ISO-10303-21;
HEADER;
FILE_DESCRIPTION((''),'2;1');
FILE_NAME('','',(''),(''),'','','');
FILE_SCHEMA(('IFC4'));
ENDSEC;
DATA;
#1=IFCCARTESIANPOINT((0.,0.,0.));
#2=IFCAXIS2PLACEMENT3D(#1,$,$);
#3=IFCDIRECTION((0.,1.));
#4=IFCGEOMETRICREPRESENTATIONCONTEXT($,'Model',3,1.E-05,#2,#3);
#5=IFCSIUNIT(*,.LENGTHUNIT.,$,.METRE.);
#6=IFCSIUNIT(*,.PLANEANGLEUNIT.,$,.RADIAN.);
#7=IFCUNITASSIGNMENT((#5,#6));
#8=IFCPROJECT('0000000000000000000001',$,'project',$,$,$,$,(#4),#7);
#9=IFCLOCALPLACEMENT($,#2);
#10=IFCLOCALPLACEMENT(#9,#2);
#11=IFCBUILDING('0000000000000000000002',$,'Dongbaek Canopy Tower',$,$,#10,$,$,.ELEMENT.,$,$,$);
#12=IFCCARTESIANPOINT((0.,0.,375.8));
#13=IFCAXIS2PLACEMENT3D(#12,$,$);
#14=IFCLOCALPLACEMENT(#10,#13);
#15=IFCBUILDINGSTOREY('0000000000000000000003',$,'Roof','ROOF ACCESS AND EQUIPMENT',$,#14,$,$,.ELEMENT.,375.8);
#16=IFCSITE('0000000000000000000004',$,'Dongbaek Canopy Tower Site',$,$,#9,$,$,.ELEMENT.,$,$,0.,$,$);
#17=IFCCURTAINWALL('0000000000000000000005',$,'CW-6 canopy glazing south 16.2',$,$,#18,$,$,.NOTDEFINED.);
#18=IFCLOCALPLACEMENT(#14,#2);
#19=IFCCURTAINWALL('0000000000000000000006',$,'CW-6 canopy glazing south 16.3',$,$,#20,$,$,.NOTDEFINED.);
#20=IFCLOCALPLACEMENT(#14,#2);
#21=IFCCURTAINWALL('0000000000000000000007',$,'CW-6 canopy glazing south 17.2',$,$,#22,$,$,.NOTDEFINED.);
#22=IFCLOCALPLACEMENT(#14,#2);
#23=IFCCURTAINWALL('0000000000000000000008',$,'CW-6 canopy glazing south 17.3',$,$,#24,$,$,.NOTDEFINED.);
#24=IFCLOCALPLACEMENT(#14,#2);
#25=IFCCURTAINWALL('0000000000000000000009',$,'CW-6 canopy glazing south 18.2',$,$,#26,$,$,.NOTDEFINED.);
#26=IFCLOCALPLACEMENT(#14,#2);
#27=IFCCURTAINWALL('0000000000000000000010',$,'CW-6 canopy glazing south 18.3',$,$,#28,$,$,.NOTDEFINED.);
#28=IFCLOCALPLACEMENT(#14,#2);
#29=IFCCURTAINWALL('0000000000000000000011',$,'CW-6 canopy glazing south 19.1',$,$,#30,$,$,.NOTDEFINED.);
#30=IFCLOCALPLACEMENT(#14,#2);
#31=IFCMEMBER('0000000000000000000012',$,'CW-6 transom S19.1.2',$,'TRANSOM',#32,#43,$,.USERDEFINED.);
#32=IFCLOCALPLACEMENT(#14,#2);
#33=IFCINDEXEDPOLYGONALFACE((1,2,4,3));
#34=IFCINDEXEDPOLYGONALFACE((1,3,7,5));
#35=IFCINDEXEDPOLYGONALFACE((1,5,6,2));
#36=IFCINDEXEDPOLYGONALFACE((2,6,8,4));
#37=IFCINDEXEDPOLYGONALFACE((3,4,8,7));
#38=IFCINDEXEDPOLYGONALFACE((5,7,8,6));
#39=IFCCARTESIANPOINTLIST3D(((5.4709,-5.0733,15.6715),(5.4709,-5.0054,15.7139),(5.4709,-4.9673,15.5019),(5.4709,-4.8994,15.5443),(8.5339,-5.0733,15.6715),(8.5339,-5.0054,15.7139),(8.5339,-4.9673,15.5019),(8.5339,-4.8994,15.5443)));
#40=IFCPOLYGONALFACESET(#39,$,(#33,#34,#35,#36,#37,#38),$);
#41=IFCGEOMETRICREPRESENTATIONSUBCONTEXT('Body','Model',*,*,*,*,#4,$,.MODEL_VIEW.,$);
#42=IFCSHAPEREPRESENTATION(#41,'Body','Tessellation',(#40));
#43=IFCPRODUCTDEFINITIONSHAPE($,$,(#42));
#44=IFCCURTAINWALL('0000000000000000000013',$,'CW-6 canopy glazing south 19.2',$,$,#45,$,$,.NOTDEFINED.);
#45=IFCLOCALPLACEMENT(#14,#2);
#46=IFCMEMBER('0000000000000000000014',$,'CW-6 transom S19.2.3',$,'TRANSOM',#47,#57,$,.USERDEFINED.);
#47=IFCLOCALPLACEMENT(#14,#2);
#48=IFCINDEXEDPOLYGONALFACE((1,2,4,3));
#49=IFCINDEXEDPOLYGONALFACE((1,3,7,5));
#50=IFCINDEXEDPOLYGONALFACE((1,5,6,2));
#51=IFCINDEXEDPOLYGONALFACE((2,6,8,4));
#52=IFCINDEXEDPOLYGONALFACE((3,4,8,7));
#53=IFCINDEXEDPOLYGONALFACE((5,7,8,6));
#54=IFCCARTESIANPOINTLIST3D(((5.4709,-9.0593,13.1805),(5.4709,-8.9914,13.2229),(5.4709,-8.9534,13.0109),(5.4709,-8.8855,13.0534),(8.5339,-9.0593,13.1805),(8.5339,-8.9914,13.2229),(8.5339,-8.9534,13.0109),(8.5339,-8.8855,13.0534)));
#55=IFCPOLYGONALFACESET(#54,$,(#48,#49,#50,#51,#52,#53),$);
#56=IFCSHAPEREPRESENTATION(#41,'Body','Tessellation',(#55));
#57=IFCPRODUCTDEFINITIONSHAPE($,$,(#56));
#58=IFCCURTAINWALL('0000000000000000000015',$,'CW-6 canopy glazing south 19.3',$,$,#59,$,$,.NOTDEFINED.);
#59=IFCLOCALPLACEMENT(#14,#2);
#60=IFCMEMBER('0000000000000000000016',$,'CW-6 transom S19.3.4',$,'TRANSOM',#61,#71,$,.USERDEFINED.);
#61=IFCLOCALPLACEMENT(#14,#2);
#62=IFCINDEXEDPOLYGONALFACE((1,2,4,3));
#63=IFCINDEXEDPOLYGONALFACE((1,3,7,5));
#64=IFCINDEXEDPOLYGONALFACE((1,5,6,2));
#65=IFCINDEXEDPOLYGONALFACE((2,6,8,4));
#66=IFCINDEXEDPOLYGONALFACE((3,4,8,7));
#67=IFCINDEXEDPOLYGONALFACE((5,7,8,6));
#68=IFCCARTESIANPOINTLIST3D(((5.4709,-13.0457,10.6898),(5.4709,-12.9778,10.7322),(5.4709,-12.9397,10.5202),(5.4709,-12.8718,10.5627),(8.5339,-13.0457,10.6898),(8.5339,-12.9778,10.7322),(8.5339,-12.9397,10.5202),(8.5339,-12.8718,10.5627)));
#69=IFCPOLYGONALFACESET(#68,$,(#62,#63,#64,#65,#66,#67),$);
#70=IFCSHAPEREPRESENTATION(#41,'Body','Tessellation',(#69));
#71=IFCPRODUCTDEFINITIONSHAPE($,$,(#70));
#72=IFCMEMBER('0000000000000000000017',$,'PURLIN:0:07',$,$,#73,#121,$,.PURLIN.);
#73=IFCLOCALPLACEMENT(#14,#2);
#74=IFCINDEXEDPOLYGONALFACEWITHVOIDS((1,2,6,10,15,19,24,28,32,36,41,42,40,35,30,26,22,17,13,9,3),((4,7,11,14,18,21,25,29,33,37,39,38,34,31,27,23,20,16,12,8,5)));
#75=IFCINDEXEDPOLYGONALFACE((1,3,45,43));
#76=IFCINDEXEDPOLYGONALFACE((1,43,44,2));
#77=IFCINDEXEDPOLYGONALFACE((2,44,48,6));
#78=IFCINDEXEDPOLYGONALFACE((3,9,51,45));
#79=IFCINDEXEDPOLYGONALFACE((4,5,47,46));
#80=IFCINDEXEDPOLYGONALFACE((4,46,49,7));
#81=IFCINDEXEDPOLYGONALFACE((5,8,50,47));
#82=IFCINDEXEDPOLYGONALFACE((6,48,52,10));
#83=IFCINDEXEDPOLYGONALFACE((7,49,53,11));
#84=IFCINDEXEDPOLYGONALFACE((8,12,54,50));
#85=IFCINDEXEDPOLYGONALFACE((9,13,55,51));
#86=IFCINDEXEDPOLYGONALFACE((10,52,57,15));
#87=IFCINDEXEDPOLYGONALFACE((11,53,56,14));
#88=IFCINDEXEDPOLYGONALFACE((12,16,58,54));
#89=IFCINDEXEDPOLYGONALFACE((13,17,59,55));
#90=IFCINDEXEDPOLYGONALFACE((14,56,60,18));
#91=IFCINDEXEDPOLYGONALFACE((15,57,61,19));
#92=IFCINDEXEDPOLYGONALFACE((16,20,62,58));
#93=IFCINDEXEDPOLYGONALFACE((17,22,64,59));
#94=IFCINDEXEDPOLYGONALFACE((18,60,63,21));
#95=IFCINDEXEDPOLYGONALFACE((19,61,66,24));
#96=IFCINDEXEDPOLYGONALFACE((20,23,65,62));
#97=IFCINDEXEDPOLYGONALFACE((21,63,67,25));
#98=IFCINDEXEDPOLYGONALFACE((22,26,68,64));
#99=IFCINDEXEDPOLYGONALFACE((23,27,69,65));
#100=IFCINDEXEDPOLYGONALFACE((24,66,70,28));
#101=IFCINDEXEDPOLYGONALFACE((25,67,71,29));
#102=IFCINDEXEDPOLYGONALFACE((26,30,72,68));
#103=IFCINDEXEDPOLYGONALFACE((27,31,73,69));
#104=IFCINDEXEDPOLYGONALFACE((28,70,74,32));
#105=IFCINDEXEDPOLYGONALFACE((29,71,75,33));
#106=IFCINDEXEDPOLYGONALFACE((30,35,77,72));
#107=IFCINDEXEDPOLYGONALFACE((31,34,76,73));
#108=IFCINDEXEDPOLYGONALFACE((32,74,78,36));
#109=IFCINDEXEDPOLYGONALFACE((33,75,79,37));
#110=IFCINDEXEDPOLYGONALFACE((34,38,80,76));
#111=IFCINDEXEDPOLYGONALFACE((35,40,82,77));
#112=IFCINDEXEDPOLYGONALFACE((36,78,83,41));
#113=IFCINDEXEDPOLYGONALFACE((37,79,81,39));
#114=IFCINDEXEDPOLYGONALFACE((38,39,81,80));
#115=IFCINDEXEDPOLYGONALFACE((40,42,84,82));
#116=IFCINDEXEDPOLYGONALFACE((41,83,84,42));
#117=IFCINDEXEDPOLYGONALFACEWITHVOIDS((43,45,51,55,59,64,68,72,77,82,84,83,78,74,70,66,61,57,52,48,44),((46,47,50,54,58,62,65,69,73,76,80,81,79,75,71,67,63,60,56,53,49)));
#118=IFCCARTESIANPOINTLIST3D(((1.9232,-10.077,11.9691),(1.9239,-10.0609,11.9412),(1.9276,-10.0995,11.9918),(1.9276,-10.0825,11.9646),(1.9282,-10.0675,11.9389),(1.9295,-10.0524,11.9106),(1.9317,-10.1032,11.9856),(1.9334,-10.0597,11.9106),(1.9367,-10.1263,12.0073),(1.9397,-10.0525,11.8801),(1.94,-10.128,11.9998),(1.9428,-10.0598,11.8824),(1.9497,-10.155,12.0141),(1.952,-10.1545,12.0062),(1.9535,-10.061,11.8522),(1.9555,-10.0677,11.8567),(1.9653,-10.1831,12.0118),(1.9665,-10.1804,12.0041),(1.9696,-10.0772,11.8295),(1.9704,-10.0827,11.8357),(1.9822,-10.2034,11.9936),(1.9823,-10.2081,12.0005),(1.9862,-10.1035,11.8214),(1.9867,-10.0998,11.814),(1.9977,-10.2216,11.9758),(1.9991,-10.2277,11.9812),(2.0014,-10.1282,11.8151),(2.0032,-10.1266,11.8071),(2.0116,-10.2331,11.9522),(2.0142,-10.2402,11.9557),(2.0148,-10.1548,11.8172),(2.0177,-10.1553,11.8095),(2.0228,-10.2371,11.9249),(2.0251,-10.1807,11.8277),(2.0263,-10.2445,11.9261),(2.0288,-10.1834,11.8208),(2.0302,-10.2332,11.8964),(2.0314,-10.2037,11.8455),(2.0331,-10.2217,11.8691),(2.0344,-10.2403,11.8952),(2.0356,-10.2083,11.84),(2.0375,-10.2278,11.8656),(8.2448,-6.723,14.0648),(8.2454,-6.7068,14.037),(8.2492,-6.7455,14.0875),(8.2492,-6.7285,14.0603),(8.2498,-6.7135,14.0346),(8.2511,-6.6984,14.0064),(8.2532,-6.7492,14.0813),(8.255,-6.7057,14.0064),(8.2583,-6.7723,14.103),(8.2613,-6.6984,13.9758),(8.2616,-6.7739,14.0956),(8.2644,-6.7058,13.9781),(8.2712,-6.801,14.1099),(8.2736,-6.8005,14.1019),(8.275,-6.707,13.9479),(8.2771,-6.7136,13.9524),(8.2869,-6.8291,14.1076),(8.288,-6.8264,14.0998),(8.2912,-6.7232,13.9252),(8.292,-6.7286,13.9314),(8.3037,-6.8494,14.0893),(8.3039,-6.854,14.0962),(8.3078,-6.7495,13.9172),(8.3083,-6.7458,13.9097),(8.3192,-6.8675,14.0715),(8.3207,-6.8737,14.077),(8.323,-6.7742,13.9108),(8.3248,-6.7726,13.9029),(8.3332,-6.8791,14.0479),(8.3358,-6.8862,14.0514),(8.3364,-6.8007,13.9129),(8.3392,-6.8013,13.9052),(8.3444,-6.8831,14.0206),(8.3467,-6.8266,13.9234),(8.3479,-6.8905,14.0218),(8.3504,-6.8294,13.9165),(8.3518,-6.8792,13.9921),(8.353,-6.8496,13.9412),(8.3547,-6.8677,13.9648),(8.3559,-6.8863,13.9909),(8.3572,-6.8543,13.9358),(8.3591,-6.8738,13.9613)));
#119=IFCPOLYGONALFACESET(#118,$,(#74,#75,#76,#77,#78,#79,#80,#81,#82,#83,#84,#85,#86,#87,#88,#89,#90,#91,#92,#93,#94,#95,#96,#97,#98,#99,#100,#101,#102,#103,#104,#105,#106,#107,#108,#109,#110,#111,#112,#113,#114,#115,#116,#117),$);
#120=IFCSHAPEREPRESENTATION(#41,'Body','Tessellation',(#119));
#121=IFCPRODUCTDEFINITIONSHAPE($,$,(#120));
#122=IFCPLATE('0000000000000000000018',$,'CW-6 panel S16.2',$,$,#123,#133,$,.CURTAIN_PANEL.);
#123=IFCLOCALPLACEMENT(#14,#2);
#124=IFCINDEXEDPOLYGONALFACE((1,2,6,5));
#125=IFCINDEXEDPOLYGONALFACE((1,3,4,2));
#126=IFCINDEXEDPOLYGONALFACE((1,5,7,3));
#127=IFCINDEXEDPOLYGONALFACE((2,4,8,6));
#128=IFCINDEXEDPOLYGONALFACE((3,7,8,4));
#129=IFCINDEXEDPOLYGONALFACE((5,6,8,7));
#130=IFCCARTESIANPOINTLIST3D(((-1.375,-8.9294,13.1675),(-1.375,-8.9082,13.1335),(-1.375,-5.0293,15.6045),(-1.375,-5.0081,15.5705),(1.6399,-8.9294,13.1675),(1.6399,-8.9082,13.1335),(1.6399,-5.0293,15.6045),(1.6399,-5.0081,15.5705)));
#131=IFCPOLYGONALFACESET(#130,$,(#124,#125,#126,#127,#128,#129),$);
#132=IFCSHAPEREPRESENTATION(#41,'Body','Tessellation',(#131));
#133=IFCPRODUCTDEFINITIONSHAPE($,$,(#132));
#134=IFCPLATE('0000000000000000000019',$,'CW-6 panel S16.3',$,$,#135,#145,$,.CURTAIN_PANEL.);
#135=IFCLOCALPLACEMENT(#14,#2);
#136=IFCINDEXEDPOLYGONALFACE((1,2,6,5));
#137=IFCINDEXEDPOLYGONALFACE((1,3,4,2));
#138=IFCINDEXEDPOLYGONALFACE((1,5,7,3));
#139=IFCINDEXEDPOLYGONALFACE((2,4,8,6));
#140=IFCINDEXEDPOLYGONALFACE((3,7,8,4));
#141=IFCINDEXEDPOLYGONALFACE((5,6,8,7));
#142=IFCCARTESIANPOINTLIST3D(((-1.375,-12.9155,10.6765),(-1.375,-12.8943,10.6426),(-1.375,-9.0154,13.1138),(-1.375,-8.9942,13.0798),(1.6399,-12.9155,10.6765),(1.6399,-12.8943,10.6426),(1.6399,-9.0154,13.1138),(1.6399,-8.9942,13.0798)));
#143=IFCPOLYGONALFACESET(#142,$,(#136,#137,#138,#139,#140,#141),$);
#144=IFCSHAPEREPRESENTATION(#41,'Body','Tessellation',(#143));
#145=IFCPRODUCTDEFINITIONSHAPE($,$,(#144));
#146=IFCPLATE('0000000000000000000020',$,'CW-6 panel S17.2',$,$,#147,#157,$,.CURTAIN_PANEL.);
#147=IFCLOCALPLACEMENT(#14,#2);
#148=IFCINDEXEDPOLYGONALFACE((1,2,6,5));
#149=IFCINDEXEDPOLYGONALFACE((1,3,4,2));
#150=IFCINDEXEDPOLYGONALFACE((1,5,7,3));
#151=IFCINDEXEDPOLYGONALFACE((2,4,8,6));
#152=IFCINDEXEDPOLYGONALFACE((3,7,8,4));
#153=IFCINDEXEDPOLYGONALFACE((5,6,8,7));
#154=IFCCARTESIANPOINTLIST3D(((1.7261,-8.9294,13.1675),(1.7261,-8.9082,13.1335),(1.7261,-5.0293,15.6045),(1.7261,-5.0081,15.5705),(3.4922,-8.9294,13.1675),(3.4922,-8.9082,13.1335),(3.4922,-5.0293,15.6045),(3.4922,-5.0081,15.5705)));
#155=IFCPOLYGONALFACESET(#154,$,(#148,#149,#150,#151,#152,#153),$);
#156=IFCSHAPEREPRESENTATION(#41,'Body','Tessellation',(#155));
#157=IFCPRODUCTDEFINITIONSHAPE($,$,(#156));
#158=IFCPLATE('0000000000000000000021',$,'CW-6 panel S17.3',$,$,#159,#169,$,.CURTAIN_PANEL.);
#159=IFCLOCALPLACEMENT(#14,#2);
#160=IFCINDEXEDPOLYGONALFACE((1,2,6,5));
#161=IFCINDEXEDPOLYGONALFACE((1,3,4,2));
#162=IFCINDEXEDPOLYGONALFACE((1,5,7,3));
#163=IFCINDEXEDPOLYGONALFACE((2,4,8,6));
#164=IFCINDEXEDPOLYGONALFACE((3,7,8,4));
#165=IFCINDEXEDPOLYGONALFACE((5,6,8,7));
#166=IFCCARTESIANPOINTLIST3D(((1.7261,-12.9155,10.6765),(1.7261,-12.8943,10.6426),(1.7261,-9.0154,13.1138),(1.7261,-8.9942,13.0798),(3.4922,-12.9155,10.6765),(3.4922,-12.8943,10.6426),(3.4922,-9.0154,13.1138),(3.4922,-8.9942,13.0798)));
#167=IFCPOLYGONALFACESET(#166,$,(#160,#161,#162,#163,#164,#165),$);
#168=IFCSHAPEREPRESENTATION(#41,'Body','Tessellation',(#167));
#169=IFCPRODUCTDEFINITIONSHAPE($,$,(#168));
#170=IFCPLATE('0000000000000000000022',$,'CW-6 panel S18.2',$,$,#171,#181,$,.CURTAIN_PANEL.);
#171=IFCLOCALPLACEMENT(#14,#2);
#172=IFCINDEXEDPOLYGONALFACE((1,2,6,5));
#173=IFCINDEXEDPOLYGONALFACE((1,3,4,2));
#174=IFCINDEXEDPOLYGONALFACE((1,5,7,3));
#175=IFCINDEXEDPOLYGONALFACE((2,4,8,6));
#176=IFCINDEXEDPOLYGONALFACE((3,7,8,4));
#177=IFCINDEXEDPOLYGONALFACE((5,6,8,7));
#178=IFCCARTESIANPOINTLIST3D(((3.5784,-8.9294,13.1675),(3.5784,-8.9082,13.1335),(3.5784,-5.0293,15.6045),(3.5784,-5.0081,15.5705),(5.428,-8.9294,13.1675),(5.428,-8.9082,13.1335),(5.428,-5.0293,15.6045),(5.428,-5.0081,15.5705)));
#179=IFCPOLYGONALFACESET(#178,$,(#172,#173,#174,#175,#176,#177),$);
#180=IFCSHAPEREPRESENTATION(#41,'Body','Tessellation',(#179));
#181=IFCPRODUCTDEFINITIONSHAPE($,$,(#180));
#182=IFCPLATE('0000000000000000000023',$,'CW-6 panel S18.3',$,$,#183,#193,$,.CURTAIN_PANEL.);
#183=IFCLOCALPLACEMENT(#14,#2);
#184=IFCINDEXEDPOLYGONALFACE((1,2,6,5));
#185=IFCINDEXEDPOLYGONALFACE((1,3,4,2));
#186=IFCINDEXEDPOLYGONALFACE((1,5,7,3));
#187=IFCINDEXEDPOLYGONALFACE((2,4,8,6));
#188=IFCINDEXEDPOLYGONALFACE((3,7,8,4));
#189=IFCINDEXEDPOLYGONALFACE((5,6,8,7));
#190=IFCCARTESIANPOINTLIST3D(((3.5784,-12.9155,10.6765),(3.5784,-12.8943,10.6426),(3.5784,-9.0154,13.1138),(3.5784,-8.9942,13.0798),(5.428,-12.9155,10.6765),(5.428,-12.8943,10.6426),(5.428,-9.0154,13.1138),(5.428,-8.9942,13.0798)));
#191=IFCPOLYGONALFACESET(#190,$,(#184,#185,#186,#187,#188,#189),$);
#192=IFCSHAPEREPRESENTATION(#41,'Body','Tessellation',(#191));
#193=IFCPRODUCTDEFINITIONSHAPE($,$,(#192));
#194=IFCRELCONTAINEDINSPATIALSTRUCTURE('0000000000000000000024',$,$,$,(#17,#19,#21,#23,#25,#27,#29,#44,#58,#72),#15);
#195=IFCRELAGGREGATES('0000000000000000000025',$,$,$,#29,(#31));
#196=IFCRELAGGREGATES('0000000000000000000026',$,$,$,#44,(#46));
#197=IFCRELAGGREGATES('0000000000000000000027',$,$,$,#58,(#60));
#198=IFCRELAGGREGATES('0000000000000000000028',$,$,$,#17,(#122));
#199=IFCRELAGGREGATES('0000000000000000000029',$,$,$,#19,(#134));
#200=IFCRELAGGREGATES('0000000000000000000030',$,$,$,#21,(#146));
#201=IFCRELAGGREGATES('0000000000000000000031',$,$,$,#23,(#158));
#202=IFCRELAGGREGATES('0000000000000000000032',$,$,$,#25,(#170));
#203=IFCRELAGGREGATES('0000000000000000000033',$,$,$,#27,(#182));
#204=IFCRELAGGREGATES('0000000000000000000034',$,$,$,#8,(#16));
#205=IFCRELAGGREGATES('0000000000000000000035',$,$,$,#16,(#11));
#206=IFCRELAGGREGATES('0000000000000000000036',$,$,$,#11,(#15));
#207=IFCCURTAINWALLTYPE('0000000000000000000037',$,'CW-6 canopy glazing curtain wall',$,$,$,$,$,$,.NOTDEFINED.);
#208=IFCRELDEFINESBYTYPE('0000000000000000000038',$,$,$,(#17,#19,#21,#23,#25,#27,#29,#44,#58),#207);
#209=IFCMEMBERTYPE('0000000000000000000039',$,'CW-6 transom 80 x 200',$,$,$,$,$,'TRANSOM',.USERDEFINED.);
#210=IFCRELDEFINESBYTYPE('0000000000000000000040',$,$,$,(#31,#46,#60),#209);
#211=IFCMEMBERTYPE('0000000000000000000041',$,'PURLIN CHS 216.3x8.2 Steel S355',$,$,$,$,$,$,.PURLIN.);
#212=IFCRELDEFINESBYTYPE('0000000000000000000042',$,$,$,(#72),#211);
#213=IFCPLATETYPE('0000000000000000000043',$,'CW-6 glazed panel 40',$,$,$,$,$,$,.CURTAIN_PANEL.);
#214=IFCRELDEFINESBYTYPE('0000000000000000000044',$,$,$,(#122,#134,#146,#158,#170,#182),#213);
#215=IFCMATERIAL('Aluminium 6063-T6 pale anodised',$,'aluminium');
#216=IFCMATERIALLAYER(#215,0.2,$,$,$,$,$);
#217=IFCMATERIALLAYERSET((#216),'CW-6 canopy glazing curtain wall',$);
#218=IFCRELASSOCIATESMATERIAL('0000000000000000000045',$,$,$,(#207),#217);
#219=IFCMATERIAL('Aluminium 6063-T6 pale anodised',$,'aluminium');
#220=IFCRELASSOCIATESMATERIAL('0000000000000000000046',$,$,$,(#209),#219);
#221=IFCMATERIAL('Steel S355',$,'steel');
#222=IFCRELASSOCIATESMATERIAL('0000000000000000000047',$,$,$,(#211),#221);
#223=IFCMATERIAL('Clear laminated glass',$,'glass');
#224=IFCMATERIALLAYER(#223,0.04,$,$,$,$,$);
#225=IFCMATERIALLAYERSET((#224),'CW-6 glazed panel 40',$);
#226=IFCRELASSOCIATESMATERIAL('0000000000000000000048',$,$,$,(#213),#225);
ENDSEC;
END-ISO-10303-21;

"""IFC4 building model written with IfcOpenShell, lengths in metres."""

from ifc_helpers import new_model, si_unit, direction, frame, origin, origin_2d, place, context, subcontext, project, spatial, polyline, rectangle, hollow_circle, outline, extrude, material, layer, layer_set, material_profile, profile_set, type_object, element, aggregate, save


model = new_model("IFC4")

# Units and contexts
model_context = context("Model", 3, precision=1e-05, world=origin(), true_north=direction((0.0, 1.0)))
body_context = subcontext(model_context, "Body", "Model", "MODEL_VIEW")
ifc_project = project(units=[si_unit("LENGTHUNIT", "METRE"), si_unit("PLANEANGLEUNIT", "RADIAN")], contexts=[model_context])

# Site, building, storey
site_placement = place(None, origin())
site = spatial("IfcSite", under=ifc_project, at=site_placement, Name="Dongbaek Canopy Tower Site", CompositionType="ELEMENT", RefElevation=0.0)
building_placement = place(site_placement, origin())
building = spatial("IfcBuilding", under=site, at=building_placement, Name="Dongbaek Canopy Tower", CompositionType="ELEMENT")
storey_placement = place(building_placement, frame((0.0, 0.0, 375.8)))
storey = spatial("IfcBuildingStorey", under=building, at=storey_placement, Name="Roof", Description="ROOF ACCESS AND EQUIPMENT", CompositionType="ELEMENT", Elevation=375.8)

# Curtain walls
ifc_material_1 = material(Name="Aluminium 6063-T6 pale anodised", Category="aluminium")
ifc_layer_1 = layer(ifc_material_1, 0.2)
ifc_layer_set_1 = layer_set([ifc_layer_1], Name="CW-6 canopy glazing curtain wall")
curtain_wall_type = type_object("IfcCurtainWallType", Name="CW-6 canopy glazing curtain wall", PredefinedType="NOTDEFINED", material=ifc_layer_set_1)
curtain_wall_1_placement = place(storey_placement, origin())
curtain_wall_1 = element("IfcCurtainWall", 1, at=curtain_wall_1_placement, inside=storey, type_object=curtain_wall_type, Name="CW-6 canopy glazing south 16.2", PredefinedType="NOTDEFINED")
curtain_wall_2_placement = place(storey_placement, origin())
curtain_wall_2 = element("IfcCurtainWall", 2, at=curtain_wall_2_placement, inside=storey, type_object=curtain_wall_type, Name="CW-6 canopy glazing south 16.3", PredefinedType="NOTDEFINED")
curtain_wall_3_placement = place(storey_placement, origin())
curtain_wall_3 = element("IfcCurtainWall", 3, at=curtain_wall_3_placement, inside=storey, type_object=curtain_wall_type, Name="CW-6 canopy glazing south 17.2", PredefinedType="NOTDEFINED")
curtain_wall_4_placement = place(storey_placement, origin())
curtain_wall_4 = element("IfcCurtainWall", 4, at=curtain_wall_4_placement, inside=storey, type_object=curtain_wall_type, Name="CW-6 canopy glazing south 17.3", PredefinedType="NOTDEFINED")
curtain_wall_5_placement = place(storey_placement, origin())
curtain_wall_5 = element("IfcCurtainWall", 5, at=curtain_wall_5_placement, inside=storey, type_object=curtain_wall_type, Name="CW-6 canopy glazing south 18.2", PredefinedType="NOTDEFINED")
curtain_wall_6_placement = place(storey_placement, origin())
curtain_wall_6 = element("IfcCurtainWall", 6, at=curtain_wall_6_placement, inside=storey, type_object=curtain_wall_type, Name="CW-6 canopy glazing south 18.3", PredefinedType="NOTDEFINED")
ifc_material_2 = material(Name="Aluminium 6063-T6 pale anodised", Category="aluminium")
ifc_material_profile_1 = material_profile(ifc_material_2, rectangle(XDim=0.0801, YDim=0.2, at=origin_2d()), Name="CW-6 transom 80 x 200")
ifc_profile_set_1 = profile_set([ifc_material_profile_1], Name="Aluminium 6063-T6 pale anodised")
member_type_1 = type_object("IfcMemberType", Name="CW-6 transom 80 x 200", ElementType="TRANSOM", PredefinedType="USERDEFINED", material=ifc_profile_set_1)

# Curtain walls, members
curtain_wall_7_placement = place(storey_placement, origin())
curtain_wall_7 = element("IfcCurtainWall", 7, at=curtain_wall_7_placement, inside=storey, type_object=curtain_wall_type, Name="CW-6 canopy glazing south 19.1", PredefinedType="NOTDEFINED")
member_1_placement = place(storey_placement, frame((5.4709, -4.9863, 15.6079), z_axis=(1.0, 0.0, 0.0), x_axis=(0.0, 0.848048, 0.529919)))
member_1 = element("IfcMember", 8, at=member_1_placement, type_object=member_type_1, Name="CW-6 transom S19.1.2", ObjectType="TRANSOM", PredefinedType="USERDEFINED", context=body_context, shape_type="SweptSolid", body=[
    extrude(rectangle(XDim=0.0801, YDim=0.2, at=origin_2d()), origin(), (0.0, 0.0, 1.0), 3.063),
])
aggregate(curtain_wall_7, [member_1])
curtain_wall_8_placement = place(storey_placement, origin())
curtain_wall_8 = element("IfcCurtainWall", 9, at=curtain_wall_8_placement, inside=storey, type_object=curtain_wall_type, Name="CW-6 canopy glazing south 19.2", PredefinedType="NOTDEFINED")
member_2_placement = place(storey_placement, frame((5.4709, -8.9724, 13.1169), z_axis=(1.0, 0.0, 0.0), x_axis=(0.0, 0.848048, 0.529919)))
member_2 = element("IfcMember", 10, at=member_2_placement, type_object=member_type_1, Name="CW-6 transom S19.2.3", ObjectType="TRANSOM", PredefinedType="USERDEFINED", context=body_context, shape_type="SweptSolid", body=[
    extrude(rectangle(XDim=0.0801, YDim=0.2, at=origin_2d()), origin(), (0.0, 0.0, 1.0), 3.063),
])
aggregate(curtain_wall_8, [member_2])
curtain_wall_9_placement = place(storey_placement, origin())
curtain_wall_9 = element("IfcCurtainWall", 11, at=curtain_wall_9_placement, inside=storey, type_object=curtain_wall_type, Name="CW-6 canopy glazing south 19.3", PredefinedType="NOTDEFINED")
member_3_placement = place(storey_placement, frame((5.4709, -12.9587, 10.6262), z_axis=(1.0, 0.0, 0.0), x_axis=(0.0, 0.848048, 0.529919)))
member_3 = element("IfcMember", 12, at=member_3_placement, type_object=member_type_1, Name="CW-6 transom S19.3.4", ObjectType="TRANSOM", PredefinedType="USERDEFINED", context=body_context, shape_type="SweptSolid", body=[
    extrude(rectangle(XDim=0.0801, YDim=0.2, at=origin_2d()), origin(), (0.0, 0.0, 1.0), 3.063),
])
aggregate(curtain_wall_9, [member_3])

# Member
ifc_material_3 = material(Name="Steel S355", Category="steel")
ifc_material_profile_2 = material_profile(ifc_material_3, hollow_circle(Radius=0.1082, WallThickness=0.0083, at=origin_2d()), Name="PURLIN CHS 216.3x8.2 Steel S355")
ifc_profile_set_2 = profile_set([ifc_material_profile_2], Name="Steel S355")
member_type_2 = type_object("IfcMemberType", Name="PURLIN CHS 216.3x8.2 Steel S355", PredefinedType="PURLIN", material=ifc_profile_set_2)
member_4_placement = place(storey_placement, frame((1.9802, -10.1479, 11.9106), z_axis=(0.84776, 0.449794, 0.281048), x_axis=(-0.468685, 0.883365, 0.0)))
element("IfcMember", 13, at=member_4_placement, inside=storey, type_object=member_type_2, Name="PURLIN:0:07", PredefinedType="PURLIN", context=body_context, shape_type="SweptSolid", body=[
    extrude(hollow_circle(Radius=0.1082, WallThickness=0.0083, at=origin_2d()), origin(), (0.0, 0.0, 1.0), 7.4568),
])

# Plates
ifc_material_4 = material(Name="Clear laminated glass", Category="glass")
ifc_layer_2 = layer(ifc_material_4, 0.04)
ifc_layer_set_2 = layer_set([ifc_layer_2], Name="CW-6 glazed panel 40")
plate_type = type_object("IfcPlateType", Name="CW-6 glazed panel 40", PredefinedType="CURTAIN_PANEL", material=ifc_layer_set_2)
plate_1_placement = place(storey_placement, frame((1.6399, -8.9294, 13.1675), z_axis=(0.0, -0.529908, 0.848055), x_axis=(-1.0, 0.0, 0.0)))
plate_1 = element("IfcPlate", 14, at=plate_1_placement, type_object=plate_type, Name="CW-6 panel S16.2", PredefinedType="CURTAIN_PANEL", context=body_context, shape_type="SweptSolid", body=[
    extrude(outline(polyline([(0.0, 0.0), (3.0149, 0.0), (3.0149, -4.5989), (0.0, -4.5989), (0.0, 0.0)])), origin(), (0.0, 0.0, -1.0), 0.04),
])
aggregate(curtain_wall_1, [plate_1])
plate_2_placement = place(storey_placement, frame((1.6399, -12.9155, 10.6765), z_axis=(0.0, -0.529946, 0.848031), x_axis=(-1.0, 0.0, 0.0)))
plate_2 = element("IfcPlate", 15, at=plate_2_placement, type_object=plate_type, Name="CW-6 panel S16.3", PredefinedType="CURTAIN_PANEL", context=body_context, shape_type="SweptSolid", body=[
    extrude(outline(polyline([(0.0, 0.0), (3.0149, 0.0), (3.0149, -4.5991), (0.0, -4.5991), (0.0, 0.0)])), origin(), (0.0, 0.0, -1.0), 0.04),
])
aggregate(curtain_wall_2, [plate_2])
plate_3_placement = place(storey_placement, frame((3.4922, -8.9294, 13.1675), z_axis=(0.0, -0.529908, 0.848055), x_axis=(-1.0, 0.0, 0.0)))
plate_3 = element("IfcPlate", 16, at=plate_3_placement, type_object=plate_type, Name="CW-6 panel S17.2", PredefinedType="CURTAIN_PANEL", context=body_context, shape_type="SweptSolid", body=[
    extrude(outline(polyline([(0.0, 0.0), (1.7661, 0.0), (1.7661, -4.5989), (0.0, -4.5989), (0.0, 0.0)])), origin(), (0.0, 0.0, -1.0), 0.04),
])
aggregate(curtain_wall_3, [plate_3])
plate_4_placement = place(storey_placement, frame((3.4922, -12.9155, 10.6765), z_axis=(0.0, -0.529946, 0.848031), x_axis=(-1.0, 0.0, 0.0)))
plate_4 = element("IfcPlate", 17, at=plate_4_placement, type_object=plate_type, Name="CW-6 panel S17.3", PredefinedType="CURTAIN_PANEL", context=body_context, shape_type="SweptSolid", body=[
    extrude(outline(polyline([(0.0, 0.0), (1.7661, 0.0), (1.7661, -4.5991), (0.0, -4.5991), (0.0, 0.0)])), origin(), (0.0, 0.0, -1.0), 0.04),
])
aggregate(curtain_wall_4, [plate_4])
plate_5_placement = place(storey_placement, frame((5.428, -8.9294, 13.1675), z_axis=(0.0, -0.529908, 0.848055), x_axis=(-1.0, 0.0, 0.0)))
plate_5 = element("IfcPlate", 18, at=plate_5_placement, type_object=plate_type, Name="CW-6 panel S18.2", PredefinedType="CURTAIN_PANEL", context=body_context, shape_type="SweptSolid", body=[
    extrude(outline(polyline([(0.0, 0.0), (1.8496, 0.0), (1.8496, -4.5989), (0.0, -4.5989), (0.0, 0.0)])), origin(), (0.0, 0.0, -1.0), 0.04),
])
aggregate(curtain_wall_5, [plate_5])
plate_6_placement = place(storey_placement, frame((5.428, -12.9155, 10.6765), z_axis=(0.0, -0.529946, 0.848031), x_axis=(-1.0, 0.0, 0.0)))
plate_6 = element("IfcPlate", 19, at=plate_6_placement, type_object=plate_type, Name="CW-6 panel S18.3", PredefinedType="CURTAIN_PANEL", context=body_context, shape_type="SweptSolid", body=[
    extrude(outline(polyline([(0.0, 0.0), (1.8496, 0.0), (1.8496, -4.5991), (0.0, -4.5991), (0.0, 0.0)])), origin(), (0.0, 0.0, -1.0), 0.04),
])
aggregate(curtain_wall_6, [plate_6])

save(model, "model.ifc")
